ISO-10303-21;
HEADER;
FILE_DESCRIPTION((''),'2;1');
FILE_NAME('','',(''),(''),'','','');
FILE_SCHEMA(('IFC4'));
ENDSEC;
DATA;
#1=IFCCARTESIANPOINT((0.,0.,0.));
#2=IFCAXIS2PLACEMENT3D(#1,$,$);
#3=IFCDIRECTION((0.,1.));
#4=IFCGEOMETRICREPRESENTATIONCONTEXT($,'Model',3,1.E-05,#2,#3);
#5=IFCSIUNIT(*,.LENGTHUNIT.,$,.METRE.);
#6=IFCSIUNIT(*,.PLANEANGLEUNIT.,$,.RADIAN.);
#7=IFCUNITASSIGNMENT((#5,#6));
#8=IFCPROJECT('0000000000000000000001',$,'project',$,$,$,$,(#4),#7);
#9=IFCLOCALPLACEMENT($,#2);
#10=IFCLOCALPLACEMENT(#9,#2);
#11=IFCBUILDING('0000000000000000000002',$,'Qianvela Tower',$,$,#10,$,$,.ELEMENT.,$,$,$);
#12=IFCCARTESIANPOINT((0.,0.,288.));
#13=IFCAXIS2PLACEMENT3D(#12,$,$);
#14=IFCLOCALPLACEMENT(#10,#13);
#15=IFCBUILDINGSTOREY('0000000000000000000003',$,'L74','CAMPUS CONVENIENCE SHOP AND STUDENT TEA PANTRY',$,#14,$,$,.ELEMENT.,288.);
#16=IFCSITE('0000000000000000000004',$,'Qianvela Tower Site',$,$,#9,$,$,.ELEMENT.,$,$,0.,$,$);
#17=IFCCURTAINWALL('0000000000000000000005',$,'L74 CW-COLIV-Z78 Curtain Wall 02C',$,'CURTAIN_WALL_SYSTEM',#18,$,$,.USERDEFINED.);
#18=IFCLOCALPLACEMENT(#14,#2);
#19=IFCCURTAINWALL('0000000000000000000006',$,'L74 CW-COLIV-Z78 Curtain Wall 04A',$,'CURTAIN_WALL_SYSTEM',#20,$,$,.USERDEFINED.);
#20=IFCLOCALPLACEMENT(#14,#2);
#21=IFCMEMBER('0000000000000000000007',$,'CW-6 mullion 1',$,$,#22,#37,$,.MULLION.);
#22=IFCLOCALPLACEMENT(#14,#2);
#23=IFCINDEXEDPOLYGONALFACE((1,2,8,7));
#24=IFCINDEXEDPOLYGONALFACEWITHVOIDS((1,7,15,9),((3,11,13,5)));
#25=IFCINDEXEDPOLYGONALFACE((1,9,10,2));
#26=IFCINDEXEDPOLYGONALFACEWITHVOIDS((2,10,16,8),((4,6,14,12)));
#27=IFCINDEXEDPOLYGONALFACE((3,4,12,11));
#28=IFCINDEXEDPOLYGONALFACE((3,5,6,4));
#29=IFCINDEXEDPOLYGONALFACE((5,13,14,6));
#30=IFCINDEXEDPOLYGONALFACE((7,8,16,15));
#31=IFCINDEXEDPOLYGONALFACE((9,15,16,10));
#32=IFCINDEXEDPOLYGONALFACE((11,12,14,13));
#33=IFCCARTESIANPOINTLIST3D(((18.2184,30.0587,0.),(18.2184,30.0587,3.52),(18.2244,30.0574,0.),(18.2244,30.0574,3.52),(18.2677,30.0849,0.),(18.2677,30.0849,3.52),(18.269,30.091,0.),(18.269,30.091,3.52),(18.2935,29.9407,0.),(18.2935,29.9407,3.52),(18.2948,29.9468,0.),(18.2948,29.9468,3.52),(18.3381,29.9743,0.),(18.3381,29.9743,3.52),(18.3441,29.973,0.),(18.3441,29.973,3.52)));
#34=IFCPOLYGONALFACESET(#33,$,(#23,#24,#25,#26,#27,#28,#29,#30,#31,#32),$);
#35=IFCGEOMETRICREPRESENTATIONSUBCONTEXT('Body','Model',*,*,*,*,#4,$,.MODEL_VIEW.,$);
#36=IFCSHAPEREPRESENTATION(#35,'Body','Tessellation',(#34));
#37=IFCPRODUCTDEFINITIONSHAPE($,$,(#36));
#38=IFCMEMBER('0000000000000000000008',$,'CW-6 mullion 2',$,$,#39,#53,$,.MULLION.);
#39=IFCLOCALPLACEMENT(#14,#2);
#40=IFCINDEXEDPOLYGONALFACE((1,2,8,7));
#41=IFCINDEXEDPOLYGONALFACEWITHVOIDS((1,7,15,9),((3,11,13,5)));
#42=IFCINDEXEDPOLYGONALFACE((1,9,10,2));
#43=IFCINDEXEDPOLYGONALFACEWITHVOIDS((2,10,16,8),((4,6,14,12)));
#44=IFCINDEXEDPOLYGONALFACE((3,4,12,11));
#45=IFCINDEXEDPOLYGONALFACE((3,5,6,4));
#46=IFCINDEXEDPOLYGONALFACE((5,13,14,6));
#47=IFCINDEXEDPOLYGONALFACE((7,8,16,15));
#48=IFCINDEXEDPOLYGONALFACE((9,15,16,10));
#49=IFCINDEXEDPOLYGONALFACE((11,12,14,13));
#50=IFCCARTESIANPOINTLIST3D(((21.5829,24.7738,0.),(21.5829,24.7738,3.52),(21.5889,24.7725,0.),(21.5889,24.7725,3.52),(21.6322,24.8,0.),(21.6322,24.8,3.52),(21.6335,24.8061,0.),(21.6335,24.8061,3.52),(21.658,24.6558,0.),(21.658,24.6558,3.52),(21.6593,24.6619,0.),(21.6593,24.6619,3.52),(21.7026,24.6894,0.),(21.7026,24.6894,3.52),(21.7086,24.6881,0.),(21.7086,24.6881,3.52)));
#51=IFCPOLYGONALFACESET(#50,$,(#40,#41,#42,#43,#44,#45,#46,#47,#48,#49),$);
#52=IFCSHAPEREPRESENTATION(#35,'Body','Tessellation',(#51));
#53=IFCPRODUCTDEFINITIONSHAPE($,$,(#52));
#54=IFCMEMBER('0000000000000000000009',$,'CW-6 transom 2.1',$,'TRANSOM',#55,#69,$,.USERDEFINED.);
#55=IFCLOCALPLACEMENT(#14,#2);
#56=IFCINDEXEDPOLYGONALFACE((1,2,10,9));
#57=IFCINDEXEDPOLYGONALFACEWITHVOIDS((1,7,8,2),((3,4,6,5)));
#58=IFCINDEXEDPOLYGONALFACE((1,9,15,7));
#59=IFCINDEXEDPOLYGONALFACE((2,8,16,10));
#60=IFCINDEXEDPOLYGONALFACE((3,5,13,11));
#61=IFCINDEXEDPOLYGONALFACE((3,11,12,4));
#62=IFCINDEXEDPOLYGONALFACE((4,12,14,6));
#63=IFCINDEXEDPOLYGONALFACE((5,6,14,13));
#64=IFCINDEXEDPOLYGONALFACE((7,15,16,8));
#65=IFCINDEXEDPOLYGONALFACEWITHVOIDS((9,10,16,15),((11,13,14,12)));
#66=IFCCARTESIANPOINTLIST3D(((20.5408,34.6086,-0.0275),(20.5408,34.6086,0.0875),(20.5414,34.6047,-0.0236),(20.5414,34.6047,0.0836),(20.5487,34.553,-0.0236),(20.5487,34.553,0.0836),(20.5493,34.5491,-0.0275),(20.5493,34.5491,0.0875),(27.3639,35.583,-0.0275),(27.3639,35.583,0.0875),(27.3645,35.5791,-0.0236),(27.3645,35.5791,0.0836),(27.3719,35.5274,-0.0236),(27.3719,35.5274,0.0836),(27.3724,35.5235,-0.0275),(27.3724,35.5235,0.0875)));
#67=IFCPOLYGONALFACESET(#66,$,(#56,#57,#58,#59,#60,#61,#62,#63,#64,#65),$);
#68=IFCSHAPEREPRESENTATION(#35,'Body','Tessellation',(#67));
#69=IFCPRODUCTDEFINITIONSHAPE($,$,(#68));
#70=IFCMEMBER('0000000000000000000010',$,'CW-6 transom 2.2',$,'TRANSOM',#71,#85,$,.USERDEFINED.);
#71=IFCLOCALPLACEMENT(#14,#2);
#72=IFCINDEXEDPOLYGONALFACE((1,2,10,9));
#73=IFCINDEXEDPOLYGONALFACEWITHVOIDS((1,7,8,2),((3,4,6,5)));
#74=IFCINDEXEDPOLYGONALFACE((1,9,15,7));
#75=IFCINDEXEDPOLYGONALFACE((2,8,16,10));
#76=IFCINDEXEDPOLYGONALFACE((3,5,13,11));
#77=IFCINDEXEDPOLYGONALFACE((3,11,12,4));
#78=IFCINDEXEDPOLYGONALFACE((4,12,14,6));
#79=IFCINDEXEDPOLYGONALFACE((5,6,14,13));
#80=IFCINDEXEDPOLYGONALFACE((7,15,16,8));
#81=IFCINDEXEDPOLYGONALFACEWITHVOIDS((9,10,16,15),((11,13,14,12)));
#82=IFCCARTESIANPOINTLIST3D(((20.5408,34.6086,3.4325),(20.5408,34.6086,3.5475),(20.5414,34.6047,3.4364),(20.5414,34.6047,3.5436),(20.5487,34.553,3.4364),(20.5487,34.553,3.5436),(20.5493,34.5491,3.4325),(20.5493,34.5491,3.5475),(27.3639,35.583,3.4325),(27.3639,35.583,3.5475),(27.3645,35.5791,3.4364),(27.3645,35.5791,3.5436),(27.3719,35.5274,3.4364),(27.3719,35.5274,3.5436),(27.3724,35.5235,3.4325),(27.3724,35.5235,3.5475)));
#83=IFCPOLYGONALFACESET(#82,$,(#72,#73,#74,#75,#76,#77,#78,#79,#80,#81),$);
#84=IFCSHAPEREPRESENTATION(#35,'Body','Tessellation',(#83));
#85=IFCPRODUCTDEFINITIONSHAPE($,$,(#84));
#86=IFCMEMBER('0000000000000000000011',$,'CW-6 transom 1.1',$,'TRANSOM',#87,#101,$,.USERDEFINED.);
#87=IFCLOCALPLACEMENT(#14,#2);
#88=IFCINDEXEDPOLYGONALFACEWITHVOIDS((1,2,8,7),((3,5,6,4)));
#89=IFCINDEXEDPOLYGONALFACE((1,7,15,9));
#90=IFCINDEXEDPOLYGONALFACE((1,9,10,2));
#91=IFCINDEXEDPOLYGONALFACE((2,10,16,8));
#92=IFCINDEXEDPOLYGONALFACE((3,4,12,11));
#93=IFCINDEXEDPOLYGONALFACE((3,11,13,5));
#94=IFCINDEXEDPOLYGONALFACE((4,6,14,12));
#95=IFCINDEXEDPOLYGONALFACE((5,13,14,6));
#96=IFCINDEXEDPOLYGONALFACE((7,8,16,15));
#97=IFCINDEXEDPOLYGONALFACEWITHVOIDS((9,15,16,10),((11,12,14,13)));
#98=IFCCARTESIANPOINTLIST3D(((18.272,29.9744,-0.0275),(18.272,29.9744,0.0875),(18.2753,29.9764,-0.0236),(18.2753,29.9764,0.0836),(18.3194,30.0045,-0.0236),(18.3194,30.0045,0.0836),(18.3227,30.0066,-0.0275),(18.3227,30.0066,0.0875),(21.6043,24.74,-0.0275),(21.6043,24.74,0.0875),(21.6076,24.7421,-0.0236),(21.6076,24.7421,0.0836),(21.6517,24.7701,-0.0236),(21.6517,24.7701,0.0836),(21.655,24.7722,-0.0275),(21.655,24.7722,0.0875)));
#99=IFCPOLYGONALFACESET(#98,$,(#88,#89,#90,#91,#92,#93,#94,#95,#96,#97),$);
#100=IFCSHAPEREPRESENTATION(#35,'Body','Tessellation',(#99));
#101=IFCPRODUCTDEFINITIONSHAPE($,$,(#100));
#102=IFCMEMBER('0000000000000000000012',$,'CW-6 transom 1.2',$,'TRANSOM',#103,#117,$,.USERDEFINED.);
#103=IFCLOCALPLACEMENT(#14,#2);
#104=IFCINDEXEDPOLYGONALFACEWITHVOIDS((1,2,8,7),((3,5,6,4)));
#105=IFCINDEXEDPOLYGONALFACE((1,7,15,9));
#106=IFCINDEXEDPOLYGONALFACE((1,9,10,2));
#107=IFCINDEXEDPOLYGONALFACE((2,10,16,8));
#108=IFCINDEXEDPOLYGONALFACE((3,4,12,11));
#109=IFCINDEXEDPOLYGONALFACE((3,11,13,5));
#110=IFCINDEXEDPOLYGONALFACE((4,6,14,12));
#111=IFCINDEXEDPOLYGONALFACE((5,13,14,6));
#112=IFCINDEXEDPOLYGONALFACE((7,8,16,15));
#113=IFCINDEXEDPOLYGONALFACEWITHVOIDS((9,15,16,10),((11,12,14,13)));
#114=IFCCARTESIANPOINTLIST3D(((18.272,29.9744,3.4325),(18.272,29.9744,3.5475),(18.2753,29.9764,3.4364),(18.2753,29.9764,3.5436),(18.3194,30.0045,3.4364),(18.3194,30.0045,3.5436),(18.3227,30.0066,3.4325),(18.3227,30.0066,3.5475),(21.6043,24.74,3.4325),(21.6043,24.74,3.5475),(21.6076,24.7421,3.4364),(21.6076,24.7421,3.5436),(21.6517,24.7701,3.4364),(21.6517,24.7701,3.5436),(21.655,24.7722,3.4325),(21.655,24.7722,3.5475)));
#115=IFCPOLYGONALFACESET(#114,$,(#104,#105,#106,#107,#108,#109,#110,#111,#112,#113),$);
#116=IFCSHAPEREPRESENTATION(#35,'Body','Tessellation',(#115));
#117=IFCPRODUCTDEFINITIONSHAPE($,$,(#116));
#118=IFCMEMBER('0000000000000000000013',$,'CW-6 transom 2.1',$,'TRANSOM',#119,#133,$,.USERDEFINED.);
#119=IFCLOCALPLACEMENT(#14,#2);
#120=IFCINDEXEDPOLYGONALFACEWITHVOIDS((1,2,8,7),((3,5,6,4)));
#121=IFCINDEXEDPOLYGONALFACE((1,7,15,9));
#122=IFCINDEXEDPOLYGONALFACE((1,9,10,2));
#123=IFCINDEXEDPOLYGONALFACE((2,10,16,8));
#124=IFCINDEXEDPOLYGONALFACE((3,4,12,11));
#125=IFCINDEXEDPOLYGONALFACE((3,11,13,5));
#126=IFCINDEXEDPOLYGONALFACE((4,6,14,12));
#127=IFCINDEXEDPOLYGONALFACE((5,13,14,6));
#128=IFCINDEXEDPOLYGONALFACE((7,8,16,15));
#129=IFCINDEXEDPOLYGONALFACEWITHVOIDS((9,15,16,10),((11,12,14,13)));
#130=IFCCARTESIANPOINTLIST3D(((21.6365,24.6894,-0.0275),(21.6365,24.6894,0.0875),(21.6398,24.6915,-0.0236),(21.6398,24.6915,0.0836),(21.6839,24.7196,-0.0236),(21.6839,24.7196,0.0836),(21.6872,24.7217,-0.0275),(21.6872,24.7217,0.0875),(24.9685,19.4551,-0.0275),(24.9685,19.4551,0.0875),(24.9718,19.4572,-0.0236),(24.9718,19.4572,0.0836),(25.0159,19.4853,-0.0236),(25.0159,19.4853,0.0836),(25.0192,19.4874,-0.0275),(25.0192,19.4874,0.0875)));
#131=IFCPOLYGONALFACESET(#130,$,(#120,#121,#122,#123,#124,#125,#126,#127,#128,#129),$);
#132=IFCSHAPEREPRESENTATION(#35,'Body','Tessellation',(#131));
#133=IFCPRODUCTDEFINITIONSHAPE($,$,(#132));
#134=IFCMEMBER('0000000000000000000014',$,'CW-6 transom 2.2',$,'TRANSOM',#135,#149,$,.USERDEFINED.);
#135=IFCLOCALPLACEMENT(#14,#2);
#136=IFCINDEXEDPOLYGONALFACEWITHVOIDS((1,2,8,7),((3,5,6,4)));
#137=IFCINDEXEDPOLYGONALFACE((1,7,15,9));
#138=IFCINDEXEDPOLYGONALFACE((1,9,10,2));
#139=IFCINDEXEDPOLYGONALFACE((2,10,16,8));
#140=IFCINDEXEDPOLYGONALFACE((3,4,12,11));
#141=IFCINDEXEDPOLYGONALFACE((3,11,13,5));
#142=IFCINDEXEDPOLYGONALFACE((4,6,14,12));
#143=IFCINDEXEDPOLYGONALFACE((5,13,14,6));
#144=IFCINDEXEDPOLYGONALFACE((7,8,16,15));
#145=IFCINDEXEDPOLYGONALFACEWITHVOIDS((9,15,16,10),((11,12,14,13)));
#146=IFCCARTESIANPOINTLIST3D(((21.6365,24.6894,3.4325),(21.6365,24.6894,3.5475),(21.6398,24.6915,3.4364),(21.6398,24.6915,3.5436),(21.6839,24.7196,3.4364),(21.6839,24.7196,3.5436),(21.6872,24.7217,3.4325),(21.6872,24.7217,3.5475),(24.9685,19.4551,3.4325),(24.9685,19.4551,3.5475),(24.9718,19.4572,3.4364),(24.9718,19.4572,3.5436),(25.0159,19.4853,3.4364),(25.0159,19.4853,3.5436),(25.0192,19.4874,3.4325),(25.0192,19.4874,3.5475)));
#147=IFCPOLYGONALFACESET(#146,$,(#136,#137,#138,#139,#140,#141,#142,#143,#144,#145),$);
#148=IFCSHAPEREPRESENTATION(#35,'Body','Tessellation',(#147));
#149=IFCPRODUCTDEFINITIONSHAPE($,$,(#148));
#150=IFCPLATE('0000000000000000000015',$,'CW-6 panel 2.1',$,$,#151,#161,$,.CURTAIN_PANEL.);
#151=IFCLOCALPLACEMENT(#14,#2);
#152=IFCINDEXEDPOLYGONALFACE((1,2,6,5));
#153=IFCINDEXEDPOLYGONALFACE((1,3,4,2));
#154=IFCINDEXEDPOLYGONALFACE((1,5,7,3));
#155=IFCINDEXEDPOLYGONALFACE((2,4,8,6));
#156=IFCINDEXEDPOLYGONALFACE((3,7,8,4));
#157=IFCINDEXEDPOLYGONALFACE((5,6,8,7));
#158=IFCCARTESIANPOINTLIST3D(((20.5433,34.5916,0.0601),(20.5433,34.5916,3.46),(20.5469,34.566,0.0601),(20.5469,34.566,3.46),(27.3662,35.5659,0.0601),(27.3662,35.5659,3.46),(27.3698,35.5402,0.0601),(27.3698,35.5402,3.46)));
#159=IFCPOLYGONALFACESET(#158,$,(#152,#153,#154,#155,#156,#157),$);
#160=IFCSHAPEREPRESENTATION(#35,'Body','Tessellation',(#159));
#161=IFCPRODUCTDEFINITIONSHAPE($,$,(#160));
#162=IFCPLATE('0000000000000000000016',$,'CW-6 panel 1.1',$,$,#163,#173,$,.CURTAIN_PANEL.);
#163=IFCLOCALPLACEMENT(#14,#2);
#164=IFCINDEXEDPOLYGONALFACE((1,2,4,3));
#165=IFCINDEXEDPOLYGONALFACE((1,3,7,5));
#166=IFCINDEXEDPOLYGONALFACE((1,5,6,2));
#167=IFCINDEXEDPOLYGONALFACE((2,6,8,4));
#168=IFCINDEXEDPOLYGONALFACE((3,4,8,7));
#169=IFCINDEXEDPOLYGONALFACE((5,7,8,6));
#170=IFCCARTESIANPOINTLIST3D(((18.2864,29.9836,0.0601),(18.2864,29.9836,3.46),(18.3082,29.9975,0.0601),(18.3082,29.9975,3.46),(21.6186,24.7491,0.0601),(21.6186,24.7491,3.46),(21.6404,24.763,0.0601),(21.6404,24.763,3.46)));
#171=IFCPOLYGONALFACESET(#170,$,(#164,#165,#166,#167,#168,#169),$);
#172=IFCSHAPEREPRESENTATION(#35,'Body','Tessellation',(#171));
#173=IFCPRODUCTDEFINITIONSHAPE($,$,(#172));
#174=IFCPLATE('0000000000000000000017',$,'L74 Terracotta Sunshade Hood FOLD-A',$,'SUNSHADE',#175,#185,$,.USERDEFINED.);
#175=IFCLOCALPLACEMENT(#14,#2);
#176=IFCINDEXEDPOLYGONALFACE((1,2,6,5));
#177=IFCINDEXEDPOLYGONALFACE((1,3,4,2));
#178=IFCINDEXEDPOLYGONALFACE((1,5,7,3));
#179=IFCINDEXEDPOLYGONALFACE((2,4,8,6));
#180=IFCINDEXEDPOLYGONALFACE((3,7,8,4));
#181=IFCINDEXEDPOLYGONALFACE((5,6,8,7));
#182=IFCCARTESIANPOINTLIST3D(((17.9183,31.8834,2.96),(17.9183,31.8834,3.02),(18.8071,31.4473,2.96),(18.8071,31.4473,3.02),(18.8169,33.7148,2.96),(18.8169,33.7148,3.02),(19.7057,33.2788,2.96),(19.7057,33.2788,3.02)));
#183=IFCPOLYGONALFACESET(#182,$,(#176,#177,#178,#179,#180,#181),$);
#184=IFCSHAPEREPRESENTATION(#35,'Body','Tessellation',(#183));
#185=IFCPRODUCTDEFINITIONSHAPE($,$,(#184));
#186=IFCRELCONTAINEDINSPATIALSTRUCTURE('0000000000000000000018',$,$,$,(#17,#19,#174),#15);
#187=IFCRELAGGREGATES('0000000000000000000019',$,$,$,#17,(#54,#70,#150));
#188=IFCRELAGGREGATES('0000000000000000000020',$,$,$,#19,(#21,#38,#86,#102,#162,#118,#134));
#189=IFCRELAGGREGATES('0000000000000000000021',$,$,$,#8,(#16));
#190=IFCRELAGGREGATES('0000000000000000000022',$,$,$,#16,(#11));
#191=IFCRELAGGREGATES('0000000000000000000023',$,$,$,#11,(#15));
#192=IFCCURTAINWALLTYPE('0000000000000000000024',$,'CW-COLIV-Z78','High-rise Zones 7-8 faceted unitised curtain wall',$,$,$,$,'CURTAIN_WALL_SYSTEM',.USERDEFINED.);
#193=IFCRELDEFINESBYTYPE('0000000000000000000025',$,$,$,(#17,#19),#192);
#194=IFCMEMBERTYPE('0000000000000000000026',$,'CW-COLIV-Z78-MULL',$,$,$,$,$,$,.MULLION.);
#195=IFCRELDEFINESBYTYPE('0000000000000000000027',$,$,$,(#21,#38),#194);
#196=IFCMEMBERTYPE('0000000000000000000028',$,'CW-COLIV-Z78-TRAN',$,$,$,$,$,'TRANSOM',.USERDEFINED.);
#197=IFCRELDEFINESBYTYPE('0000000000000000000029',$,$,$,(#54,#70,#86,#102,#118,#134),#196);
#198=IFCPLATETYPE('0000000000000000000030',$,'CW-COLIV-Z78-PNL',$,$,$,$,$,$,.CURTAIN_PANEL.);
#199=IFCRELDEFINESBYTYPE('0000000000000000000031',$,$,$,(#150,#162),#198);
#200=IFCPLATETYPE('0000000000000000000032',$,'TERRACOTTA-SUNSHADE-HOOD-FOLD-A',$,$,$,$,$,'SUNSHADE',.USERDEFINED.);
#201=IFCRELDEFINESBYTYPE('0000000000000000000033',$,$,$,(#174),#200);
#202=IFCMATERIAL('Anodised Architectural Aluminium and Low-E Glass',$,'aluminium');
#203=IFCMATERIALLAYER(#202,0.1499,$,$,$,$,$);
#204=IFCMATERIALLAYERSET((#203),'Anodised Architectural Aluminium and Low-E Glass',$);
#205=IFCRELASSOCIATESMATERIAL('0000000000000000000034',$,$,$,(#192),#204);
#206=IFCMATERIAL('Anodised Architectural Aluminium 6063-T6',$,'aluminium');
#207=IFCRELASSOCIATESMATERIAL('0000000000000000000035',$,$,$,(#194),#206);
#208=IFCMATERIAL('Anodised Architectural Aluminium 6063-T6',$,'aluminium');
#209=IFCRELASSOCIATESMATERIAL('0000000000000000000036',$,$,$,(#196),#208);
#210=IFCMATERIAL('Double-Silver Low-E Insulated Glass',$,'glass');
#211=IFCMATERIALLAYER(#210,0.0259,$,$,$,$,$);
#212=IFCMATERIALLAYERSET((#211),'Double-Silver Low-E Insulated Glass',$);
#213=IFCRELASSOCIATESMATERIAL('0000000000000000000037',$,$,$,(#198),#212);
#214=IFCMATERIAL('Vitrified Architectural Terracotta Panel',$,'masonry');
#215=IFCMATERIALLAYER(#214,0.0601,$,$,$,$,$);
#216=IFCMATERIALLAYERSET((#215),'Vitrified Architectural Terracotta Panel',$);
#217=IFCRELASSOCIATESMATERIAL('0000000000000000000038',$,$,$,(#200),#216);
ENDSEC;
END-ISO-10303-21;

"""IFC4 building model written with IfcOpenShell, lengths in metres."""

from ifc_helpers import new_model, si_unit, direction, frame, origin, origin_2d, place, context, subcontext, project, spatial, rectangle, hollow_rectangle, extrude, material, layer, layer_set, material_profile, profile_set, type_object, element, aggregate, save


model = new_model("IFC4")

# Units and contexts
model_context = context("Model", 3, precision=1e-05, world=origin(), true_north=direction((0.0, 1.0)))
body_context = subcontext(model_context, "Body", "Model", "MODEL_VIEW")
ifc_project = project(units=[si_unit("LENGTHUNIT", "METRE"), si_unit("PLANEANGLEUNIT", "RADIAN")], contexts=[model_context])

# Site, building, storey
site_placement = place(None, origin())
site = spatial("IfcSite", under=ifc_project, at=site_placement, Name="Qianvela Tower Site", CompositionType="ELEMENT", RefElevation=0.0)
building_placement = place(site_placement, origin())
building = spatial("IfcBuilding", under=site, at=building_placement, Name="Qianvela Tower", CompositionType="ELEMENT")
storey_placement = place(building_placement, frame((0.0, 0.0, 288.0)))
storey = spatial("IfcBuildingStorey", under=building, at=storey_placement, Name="L74", Description="CAMPUS CONVENIENCE SHOP AND STUDENT TEA PANTRY", CompositionType="ELEMENT", Elevation=288.0)

# Curtain walls, members
ifc_material_1 = material(Name="Anodised Architectural Aluminium and Low-E Glass", Category="aluminium")
ifc_layer_1 = layer(ifc_material_1, 0.1499)
ifc_layer_set_1 = layer_set([ifc_layer_1], Name="Anodised Architectural Aluminium and Low-E Glass")
curtain_wall_type = type_object("IfcCurtainWallType", Name="CW-COLIV-Z78", Description="High-rise Zones 7-8 faceted unitised curtain wall", ElementType="CURTAIN_WALL_SYSTEM", PredefinedType="USERDEFINED", material=ifc_layer_set_1)
curtain_wall_1_placement = place(storey_placement, origin())
curtain_wall_1 = element("IfcCurtainWall", 1, at=curtain_wall_1_placement, inside=storey, type_object=curtain_wall_type, Name="L74 CW-COLIV-Z78 Curtain Wall 02C", ObjectType="CURTAIN_WALL_SYSTEM", PredefinedType="USERDEFINED")
ifc_material_2 = material(Name="Anodised Architectural Aluminium 6063-T6", Category="aluminium")
ifc_material_profile_1 = material_profile(ifc_material_2, hollow_rectangle(XDim=0.0601, YDim=0.1399, WallThickness=0.0044, at=origin_2d()), Name="ALU-MULL-60x140")
ifc_profile_set_1 = profile_set([ifc_material_profile_1], Name="Anodised Architectural Aluminium 6063-T6")
member_type_1 = type_object("IfcMemberType", Name="CW-COLIV-Z78-MULL", PredefinedType="MULLION", material=ifc_profile_set_1)
curtain_wall_2_placement = place(storey_placement, origin())
curtain_wall_2 = element("IfcCurtainWall", 2, at=curtain_wall_2_placement, inside=storey, type_object=curtain_wall_type, Name="L74 CW-COLIV-Z78 Curtain Wall 04A", ObjectType="CURTAIN_WALL_SYSTEM", PredefinedType="USERDEFINED")
member_1_placement = place(storey_placement, frame((18.2812, 30.0159, 0.0), z_axis=(0.0, 0.0, 1.0), x_axis=(0.843577, 0.537008, 0.0)))
member_1 = element("IfcMember", 3, at=member_1_placement, type_object=member_type_1, Name="CW-6 mullion 1", PredefinedType="MULLION", context=body_context, shape_type="SweptSolid", body=[
    extrude(hollow_rectangle(XDim=0.0601, YDim=0.1399, WallThickness=0.0044, at=origin_2d()), origin(), (0.0, 0.0, 1.0), 3.52),
])
member_2_placement = place(storey_placement, frame((21.6458, 24.731, 0.0), z_axis=(0.0, 0.0, 1.0), x_axis=(0.843577, 0.537008, 0.0)))
member_2 = element("IfcMember", 4, at=member_2_placement, type_object=member_type_1, Name="CW-6 mullion 2", PredefinedType="MULLION", context=body_context, shape_type="SweptSolid", body=[
    extrude(hollow_rectangle(XDim=0.0601, YDim=0.1399, WallThickness=0.0044, at=origin_2d()), origin(), (0.0, 0.0, 1.0), 3.52),
])

# Members
ifc_material_3 = material(Name="Anodised Architectural Aluminium 6063-T6", Category="aluminium")
ifc_material_profile_2 = material_profile(ifc_material_3, hollow_rectangle(XDim=0.0601, YDim=0.115, WallThickness=0.0039, at=origin_2d()), Name="ALU-TRAN-60x115")
ifc_profile_set_2 = profile_set([ifc_material_profile_2], Name="Anodised Architectural Aluminium 6063-T6")
member_type_2 = type_object("IfcMemberType", Name="CW-COLIV-Z78-TRAN", ElementType="TRANSOM", PredefinedType="USERDEFINED", material=ifc_profile_set_2)
member_3_placement = place(storey_placement, frame((27.3682, 35.5532, 0.03), z_axis=(-0.989957, -0.141372, 0.0), x_axis=(0.141372, -0.989957, 0.0)))
member_3 = element("IfcMember", 5, at=member_3_placement, type_object=member_type_2, Name="CW-6 transom 2.1", ObjectType="TRANSOM", PredefinedType="USERDEFINED", context=body_context, shape_type="SweptSolid", body=[
    extrude(hollow_rectangle(XDim=0.0601, YDim=0.115, WallThickness=0.0039, at=origin_2d()), origin(), (0.0, 0.0, 1.0), 6.8923),
])
member_4_placement = place(storey_placement, frame((27.3682, 35.5532, 3.49), z_axis=(-0.989957, -0.141372, 0.0), x_axis=(0.141372, -0.989957, 0.0)))
member_4 = element("IfcMember", 6, at=member_4_placement, type_object=member_type_2, Name="CW-6 transom 2.2", ObjectType="TRANSOM", PredefinedType="USERDEFINED", context=body_context, shape_type="SweptSolid", body=[
    extrude(hollow_rectangle(XDim=0.0601, YDim=0.115, WallThickness=0.0039, at=origin_2d()), origin(), (0.0, 0.0, 1.0), 6.8923),
])
member_5_placement = place(storey_placement, frame((18.2974, 29.9905, 0.03), z_axis=(0.537026, -0.843566, 0.0), x_axis=(0.843566, 0.537026, 0.0)))
member_5 = element("IfcMember", 7, at=member_5_placement, type_object=member_type_2, Name="CW-6 transom 1.1", ObjectType="TRANSOM", PredefinedType="USERDEFINED", context=body_context, shape_type="SweptSolid", body=[
    extrude(hollow_rectangle(XDim=0.0601, YDim=0.115, WallThickness=0.0039, at=origin_2d()), origin(), (0.0, 0.0, 1.0), 6.2051),
])
member_6_placement = place(storey_placement, frame((18.2974, 29.9905, 3.49), z_axis=(0.537026, -0.843566, 0.0), x_axis=(0.843566, 0.537026, 0.0)))
member_6 = element("IfcMember", 8, at=member_6_placement, type_object=member_type_2, Name="CW-6 transom 1.2", ObjectType="TRANSOM", PredefinedType="USERDEFINED", context=body_context, shape_type="SweptSolid", body=[
    extrude(hollow_rectangle(XDim=0.0601, YDim=0.115, WallThickness=0.0039, at=origin_2d()), origin(), (0.0, 0.0, 1.0), 6.2051),
])
member_7_placement = place(storey_placement, frame((21.6619, 24.7056, 0.03), z_axis=(0.536998, -0.843584, 0.0), x_axis=(0.843584, 0.536998, 0.0)))
member_7 = element("IfcMember", 9, at=member_7_placement, type_object=member_type_2, Name="CW-6 transom 2.1", ObjectType="TRANSOM", PredefinedType="USERDEFINED", context=body_context, shape_type="SweptSolid", body=[
    extrude(hollow_rectangle(XDim=0.0601, YDim=0.115, WallThickness=0.0039, at=origin_2d()), origin(), (0.0, 0.0, 1.0), 6.2048),
])
member_8_placement = place(storey_placement, frame((21.6619, 24.7056, 3.49), z_axis=(0.536998, -0.843584, 0.0), x_axis=(0.843584, 0.536998, 0.0)))
member_8 = element("IfcMember", 10, at=member_8_placement, type_object=member_type_2, Name="CW-6 transom 2.2", ObjectType="TRANSOM", PredefinedType="USERDEFINED", context=body_context, shape_type="SweptSolid", body=[
    extrude(hollow_rectangle(XDim=0.0601, YDim=0.115, WallThickness=0.0039, at=origin_2d()), origin(), (0.0, 0.0, 1.0), 6.2048),
])

# Plates
ifc_material_4 = material(Name="Double-Silver Low-E Insulated Glass", Category="glass")
ifc_layer_2 = layer(ifc_material_4, 0.0259)
ifc_layer_set_2 = layer_set([ifc_layer_2], Name="Double-Silver Low-E Insulated Glass")
plate_type_1 = type_object("IfcPlateType", Name="CW-COLIV-Z78-PNL", PredefinedType="CURTAIN_PANEL", material=ifc_layer_set_2)
plate_1_placement = place(storey_placement, frame((23.9565, 35.0659, 0.0601), z_axis=(0.0, 0.0, 1.0), x_axis=(-0.989958, -0.141362, 0.0)))
plate_1 = element("IfcPlate", 11, at=plate_1_placement, type_object=plate_type_1, Name="CW-6 panel 2.1", PredefinedType="CURTAIN_PANEL", context=body_context, shape_type="SweptSolid", body=[
    extrude(rectangle(XDim=6.8921, YDim=0.0259, at=origin_2d()), origin(), (0.0, 0.0, 1.0), 3.3999),
])
aggregate(curtain_wall_1, [member_3, member_4, plate_1])
plate_2_placement = place(storey_placement, frame((19.9634, 27.3733, 0.0601), z_axis=(0.0, 0.0, 1.0), x_axis=(0.537008, -0.843577, 0.0)))
plate_2 = element("IfcPlate", 12, at=plate_2_placement, type_object=plate_type_1, Name="CW-6 panel 1.1", PredefinedType="CURTAIN_PANEL", context=body_context, shape_type="SweptSolid", body=[
    extrude(rectangle(XDim=6.2051, YDim=0.0259, at=origin_2d()), origin(), (0.0, 0.0, 1.0), 3.3999),
])
aggregate(curtain_wall_2, [member_1, member_2, member_5, member_6, plate_2, member_7, member_8])

# Plate
ifc_material_5 = material(Name="Vitrified Architectural Terracotta Panel", Category="masonry")
ifc_layer_3 = layer(ifc_material_5, 0.0601)
ifc_layer_set_3 = layer_set([ifc_layer_3], Name="Vitrified Architectural Terracotta Panel")
plate_type_2 = type_object("IfcPlateType", Name="TERRACOTTA-SUNSHADE-HOOD-FOLD-A", ElementType="SUNSHADE", PredefinedType="USERDEFINED", material=ifc_layer_set_3)
plate_3_placement = place(storey_placement, frame((18.812, 32.5811, 2.96), z_axis=(0.0, 0.0, 1.0), x_axis=(-0.440475, -0.897765, 0.0)))
element("IfcPlate", 13, at=plate_3_placement, inside=storey, type_object=plate_type_2, Name="L74 Terracotta Sunshade Hood FOLD-A", ObjectType="SUNSHADE", PredefinedType="USERDEFINED", context=body_context, shape_type="SweptSolid", body=[
    extrude(rectangle(XDim=2.04, YDim=0.99, at=origin_2d()), origin(), (0.0, 0.0, 1.0), 0.0601),
])

save(model, "model.ifc")
